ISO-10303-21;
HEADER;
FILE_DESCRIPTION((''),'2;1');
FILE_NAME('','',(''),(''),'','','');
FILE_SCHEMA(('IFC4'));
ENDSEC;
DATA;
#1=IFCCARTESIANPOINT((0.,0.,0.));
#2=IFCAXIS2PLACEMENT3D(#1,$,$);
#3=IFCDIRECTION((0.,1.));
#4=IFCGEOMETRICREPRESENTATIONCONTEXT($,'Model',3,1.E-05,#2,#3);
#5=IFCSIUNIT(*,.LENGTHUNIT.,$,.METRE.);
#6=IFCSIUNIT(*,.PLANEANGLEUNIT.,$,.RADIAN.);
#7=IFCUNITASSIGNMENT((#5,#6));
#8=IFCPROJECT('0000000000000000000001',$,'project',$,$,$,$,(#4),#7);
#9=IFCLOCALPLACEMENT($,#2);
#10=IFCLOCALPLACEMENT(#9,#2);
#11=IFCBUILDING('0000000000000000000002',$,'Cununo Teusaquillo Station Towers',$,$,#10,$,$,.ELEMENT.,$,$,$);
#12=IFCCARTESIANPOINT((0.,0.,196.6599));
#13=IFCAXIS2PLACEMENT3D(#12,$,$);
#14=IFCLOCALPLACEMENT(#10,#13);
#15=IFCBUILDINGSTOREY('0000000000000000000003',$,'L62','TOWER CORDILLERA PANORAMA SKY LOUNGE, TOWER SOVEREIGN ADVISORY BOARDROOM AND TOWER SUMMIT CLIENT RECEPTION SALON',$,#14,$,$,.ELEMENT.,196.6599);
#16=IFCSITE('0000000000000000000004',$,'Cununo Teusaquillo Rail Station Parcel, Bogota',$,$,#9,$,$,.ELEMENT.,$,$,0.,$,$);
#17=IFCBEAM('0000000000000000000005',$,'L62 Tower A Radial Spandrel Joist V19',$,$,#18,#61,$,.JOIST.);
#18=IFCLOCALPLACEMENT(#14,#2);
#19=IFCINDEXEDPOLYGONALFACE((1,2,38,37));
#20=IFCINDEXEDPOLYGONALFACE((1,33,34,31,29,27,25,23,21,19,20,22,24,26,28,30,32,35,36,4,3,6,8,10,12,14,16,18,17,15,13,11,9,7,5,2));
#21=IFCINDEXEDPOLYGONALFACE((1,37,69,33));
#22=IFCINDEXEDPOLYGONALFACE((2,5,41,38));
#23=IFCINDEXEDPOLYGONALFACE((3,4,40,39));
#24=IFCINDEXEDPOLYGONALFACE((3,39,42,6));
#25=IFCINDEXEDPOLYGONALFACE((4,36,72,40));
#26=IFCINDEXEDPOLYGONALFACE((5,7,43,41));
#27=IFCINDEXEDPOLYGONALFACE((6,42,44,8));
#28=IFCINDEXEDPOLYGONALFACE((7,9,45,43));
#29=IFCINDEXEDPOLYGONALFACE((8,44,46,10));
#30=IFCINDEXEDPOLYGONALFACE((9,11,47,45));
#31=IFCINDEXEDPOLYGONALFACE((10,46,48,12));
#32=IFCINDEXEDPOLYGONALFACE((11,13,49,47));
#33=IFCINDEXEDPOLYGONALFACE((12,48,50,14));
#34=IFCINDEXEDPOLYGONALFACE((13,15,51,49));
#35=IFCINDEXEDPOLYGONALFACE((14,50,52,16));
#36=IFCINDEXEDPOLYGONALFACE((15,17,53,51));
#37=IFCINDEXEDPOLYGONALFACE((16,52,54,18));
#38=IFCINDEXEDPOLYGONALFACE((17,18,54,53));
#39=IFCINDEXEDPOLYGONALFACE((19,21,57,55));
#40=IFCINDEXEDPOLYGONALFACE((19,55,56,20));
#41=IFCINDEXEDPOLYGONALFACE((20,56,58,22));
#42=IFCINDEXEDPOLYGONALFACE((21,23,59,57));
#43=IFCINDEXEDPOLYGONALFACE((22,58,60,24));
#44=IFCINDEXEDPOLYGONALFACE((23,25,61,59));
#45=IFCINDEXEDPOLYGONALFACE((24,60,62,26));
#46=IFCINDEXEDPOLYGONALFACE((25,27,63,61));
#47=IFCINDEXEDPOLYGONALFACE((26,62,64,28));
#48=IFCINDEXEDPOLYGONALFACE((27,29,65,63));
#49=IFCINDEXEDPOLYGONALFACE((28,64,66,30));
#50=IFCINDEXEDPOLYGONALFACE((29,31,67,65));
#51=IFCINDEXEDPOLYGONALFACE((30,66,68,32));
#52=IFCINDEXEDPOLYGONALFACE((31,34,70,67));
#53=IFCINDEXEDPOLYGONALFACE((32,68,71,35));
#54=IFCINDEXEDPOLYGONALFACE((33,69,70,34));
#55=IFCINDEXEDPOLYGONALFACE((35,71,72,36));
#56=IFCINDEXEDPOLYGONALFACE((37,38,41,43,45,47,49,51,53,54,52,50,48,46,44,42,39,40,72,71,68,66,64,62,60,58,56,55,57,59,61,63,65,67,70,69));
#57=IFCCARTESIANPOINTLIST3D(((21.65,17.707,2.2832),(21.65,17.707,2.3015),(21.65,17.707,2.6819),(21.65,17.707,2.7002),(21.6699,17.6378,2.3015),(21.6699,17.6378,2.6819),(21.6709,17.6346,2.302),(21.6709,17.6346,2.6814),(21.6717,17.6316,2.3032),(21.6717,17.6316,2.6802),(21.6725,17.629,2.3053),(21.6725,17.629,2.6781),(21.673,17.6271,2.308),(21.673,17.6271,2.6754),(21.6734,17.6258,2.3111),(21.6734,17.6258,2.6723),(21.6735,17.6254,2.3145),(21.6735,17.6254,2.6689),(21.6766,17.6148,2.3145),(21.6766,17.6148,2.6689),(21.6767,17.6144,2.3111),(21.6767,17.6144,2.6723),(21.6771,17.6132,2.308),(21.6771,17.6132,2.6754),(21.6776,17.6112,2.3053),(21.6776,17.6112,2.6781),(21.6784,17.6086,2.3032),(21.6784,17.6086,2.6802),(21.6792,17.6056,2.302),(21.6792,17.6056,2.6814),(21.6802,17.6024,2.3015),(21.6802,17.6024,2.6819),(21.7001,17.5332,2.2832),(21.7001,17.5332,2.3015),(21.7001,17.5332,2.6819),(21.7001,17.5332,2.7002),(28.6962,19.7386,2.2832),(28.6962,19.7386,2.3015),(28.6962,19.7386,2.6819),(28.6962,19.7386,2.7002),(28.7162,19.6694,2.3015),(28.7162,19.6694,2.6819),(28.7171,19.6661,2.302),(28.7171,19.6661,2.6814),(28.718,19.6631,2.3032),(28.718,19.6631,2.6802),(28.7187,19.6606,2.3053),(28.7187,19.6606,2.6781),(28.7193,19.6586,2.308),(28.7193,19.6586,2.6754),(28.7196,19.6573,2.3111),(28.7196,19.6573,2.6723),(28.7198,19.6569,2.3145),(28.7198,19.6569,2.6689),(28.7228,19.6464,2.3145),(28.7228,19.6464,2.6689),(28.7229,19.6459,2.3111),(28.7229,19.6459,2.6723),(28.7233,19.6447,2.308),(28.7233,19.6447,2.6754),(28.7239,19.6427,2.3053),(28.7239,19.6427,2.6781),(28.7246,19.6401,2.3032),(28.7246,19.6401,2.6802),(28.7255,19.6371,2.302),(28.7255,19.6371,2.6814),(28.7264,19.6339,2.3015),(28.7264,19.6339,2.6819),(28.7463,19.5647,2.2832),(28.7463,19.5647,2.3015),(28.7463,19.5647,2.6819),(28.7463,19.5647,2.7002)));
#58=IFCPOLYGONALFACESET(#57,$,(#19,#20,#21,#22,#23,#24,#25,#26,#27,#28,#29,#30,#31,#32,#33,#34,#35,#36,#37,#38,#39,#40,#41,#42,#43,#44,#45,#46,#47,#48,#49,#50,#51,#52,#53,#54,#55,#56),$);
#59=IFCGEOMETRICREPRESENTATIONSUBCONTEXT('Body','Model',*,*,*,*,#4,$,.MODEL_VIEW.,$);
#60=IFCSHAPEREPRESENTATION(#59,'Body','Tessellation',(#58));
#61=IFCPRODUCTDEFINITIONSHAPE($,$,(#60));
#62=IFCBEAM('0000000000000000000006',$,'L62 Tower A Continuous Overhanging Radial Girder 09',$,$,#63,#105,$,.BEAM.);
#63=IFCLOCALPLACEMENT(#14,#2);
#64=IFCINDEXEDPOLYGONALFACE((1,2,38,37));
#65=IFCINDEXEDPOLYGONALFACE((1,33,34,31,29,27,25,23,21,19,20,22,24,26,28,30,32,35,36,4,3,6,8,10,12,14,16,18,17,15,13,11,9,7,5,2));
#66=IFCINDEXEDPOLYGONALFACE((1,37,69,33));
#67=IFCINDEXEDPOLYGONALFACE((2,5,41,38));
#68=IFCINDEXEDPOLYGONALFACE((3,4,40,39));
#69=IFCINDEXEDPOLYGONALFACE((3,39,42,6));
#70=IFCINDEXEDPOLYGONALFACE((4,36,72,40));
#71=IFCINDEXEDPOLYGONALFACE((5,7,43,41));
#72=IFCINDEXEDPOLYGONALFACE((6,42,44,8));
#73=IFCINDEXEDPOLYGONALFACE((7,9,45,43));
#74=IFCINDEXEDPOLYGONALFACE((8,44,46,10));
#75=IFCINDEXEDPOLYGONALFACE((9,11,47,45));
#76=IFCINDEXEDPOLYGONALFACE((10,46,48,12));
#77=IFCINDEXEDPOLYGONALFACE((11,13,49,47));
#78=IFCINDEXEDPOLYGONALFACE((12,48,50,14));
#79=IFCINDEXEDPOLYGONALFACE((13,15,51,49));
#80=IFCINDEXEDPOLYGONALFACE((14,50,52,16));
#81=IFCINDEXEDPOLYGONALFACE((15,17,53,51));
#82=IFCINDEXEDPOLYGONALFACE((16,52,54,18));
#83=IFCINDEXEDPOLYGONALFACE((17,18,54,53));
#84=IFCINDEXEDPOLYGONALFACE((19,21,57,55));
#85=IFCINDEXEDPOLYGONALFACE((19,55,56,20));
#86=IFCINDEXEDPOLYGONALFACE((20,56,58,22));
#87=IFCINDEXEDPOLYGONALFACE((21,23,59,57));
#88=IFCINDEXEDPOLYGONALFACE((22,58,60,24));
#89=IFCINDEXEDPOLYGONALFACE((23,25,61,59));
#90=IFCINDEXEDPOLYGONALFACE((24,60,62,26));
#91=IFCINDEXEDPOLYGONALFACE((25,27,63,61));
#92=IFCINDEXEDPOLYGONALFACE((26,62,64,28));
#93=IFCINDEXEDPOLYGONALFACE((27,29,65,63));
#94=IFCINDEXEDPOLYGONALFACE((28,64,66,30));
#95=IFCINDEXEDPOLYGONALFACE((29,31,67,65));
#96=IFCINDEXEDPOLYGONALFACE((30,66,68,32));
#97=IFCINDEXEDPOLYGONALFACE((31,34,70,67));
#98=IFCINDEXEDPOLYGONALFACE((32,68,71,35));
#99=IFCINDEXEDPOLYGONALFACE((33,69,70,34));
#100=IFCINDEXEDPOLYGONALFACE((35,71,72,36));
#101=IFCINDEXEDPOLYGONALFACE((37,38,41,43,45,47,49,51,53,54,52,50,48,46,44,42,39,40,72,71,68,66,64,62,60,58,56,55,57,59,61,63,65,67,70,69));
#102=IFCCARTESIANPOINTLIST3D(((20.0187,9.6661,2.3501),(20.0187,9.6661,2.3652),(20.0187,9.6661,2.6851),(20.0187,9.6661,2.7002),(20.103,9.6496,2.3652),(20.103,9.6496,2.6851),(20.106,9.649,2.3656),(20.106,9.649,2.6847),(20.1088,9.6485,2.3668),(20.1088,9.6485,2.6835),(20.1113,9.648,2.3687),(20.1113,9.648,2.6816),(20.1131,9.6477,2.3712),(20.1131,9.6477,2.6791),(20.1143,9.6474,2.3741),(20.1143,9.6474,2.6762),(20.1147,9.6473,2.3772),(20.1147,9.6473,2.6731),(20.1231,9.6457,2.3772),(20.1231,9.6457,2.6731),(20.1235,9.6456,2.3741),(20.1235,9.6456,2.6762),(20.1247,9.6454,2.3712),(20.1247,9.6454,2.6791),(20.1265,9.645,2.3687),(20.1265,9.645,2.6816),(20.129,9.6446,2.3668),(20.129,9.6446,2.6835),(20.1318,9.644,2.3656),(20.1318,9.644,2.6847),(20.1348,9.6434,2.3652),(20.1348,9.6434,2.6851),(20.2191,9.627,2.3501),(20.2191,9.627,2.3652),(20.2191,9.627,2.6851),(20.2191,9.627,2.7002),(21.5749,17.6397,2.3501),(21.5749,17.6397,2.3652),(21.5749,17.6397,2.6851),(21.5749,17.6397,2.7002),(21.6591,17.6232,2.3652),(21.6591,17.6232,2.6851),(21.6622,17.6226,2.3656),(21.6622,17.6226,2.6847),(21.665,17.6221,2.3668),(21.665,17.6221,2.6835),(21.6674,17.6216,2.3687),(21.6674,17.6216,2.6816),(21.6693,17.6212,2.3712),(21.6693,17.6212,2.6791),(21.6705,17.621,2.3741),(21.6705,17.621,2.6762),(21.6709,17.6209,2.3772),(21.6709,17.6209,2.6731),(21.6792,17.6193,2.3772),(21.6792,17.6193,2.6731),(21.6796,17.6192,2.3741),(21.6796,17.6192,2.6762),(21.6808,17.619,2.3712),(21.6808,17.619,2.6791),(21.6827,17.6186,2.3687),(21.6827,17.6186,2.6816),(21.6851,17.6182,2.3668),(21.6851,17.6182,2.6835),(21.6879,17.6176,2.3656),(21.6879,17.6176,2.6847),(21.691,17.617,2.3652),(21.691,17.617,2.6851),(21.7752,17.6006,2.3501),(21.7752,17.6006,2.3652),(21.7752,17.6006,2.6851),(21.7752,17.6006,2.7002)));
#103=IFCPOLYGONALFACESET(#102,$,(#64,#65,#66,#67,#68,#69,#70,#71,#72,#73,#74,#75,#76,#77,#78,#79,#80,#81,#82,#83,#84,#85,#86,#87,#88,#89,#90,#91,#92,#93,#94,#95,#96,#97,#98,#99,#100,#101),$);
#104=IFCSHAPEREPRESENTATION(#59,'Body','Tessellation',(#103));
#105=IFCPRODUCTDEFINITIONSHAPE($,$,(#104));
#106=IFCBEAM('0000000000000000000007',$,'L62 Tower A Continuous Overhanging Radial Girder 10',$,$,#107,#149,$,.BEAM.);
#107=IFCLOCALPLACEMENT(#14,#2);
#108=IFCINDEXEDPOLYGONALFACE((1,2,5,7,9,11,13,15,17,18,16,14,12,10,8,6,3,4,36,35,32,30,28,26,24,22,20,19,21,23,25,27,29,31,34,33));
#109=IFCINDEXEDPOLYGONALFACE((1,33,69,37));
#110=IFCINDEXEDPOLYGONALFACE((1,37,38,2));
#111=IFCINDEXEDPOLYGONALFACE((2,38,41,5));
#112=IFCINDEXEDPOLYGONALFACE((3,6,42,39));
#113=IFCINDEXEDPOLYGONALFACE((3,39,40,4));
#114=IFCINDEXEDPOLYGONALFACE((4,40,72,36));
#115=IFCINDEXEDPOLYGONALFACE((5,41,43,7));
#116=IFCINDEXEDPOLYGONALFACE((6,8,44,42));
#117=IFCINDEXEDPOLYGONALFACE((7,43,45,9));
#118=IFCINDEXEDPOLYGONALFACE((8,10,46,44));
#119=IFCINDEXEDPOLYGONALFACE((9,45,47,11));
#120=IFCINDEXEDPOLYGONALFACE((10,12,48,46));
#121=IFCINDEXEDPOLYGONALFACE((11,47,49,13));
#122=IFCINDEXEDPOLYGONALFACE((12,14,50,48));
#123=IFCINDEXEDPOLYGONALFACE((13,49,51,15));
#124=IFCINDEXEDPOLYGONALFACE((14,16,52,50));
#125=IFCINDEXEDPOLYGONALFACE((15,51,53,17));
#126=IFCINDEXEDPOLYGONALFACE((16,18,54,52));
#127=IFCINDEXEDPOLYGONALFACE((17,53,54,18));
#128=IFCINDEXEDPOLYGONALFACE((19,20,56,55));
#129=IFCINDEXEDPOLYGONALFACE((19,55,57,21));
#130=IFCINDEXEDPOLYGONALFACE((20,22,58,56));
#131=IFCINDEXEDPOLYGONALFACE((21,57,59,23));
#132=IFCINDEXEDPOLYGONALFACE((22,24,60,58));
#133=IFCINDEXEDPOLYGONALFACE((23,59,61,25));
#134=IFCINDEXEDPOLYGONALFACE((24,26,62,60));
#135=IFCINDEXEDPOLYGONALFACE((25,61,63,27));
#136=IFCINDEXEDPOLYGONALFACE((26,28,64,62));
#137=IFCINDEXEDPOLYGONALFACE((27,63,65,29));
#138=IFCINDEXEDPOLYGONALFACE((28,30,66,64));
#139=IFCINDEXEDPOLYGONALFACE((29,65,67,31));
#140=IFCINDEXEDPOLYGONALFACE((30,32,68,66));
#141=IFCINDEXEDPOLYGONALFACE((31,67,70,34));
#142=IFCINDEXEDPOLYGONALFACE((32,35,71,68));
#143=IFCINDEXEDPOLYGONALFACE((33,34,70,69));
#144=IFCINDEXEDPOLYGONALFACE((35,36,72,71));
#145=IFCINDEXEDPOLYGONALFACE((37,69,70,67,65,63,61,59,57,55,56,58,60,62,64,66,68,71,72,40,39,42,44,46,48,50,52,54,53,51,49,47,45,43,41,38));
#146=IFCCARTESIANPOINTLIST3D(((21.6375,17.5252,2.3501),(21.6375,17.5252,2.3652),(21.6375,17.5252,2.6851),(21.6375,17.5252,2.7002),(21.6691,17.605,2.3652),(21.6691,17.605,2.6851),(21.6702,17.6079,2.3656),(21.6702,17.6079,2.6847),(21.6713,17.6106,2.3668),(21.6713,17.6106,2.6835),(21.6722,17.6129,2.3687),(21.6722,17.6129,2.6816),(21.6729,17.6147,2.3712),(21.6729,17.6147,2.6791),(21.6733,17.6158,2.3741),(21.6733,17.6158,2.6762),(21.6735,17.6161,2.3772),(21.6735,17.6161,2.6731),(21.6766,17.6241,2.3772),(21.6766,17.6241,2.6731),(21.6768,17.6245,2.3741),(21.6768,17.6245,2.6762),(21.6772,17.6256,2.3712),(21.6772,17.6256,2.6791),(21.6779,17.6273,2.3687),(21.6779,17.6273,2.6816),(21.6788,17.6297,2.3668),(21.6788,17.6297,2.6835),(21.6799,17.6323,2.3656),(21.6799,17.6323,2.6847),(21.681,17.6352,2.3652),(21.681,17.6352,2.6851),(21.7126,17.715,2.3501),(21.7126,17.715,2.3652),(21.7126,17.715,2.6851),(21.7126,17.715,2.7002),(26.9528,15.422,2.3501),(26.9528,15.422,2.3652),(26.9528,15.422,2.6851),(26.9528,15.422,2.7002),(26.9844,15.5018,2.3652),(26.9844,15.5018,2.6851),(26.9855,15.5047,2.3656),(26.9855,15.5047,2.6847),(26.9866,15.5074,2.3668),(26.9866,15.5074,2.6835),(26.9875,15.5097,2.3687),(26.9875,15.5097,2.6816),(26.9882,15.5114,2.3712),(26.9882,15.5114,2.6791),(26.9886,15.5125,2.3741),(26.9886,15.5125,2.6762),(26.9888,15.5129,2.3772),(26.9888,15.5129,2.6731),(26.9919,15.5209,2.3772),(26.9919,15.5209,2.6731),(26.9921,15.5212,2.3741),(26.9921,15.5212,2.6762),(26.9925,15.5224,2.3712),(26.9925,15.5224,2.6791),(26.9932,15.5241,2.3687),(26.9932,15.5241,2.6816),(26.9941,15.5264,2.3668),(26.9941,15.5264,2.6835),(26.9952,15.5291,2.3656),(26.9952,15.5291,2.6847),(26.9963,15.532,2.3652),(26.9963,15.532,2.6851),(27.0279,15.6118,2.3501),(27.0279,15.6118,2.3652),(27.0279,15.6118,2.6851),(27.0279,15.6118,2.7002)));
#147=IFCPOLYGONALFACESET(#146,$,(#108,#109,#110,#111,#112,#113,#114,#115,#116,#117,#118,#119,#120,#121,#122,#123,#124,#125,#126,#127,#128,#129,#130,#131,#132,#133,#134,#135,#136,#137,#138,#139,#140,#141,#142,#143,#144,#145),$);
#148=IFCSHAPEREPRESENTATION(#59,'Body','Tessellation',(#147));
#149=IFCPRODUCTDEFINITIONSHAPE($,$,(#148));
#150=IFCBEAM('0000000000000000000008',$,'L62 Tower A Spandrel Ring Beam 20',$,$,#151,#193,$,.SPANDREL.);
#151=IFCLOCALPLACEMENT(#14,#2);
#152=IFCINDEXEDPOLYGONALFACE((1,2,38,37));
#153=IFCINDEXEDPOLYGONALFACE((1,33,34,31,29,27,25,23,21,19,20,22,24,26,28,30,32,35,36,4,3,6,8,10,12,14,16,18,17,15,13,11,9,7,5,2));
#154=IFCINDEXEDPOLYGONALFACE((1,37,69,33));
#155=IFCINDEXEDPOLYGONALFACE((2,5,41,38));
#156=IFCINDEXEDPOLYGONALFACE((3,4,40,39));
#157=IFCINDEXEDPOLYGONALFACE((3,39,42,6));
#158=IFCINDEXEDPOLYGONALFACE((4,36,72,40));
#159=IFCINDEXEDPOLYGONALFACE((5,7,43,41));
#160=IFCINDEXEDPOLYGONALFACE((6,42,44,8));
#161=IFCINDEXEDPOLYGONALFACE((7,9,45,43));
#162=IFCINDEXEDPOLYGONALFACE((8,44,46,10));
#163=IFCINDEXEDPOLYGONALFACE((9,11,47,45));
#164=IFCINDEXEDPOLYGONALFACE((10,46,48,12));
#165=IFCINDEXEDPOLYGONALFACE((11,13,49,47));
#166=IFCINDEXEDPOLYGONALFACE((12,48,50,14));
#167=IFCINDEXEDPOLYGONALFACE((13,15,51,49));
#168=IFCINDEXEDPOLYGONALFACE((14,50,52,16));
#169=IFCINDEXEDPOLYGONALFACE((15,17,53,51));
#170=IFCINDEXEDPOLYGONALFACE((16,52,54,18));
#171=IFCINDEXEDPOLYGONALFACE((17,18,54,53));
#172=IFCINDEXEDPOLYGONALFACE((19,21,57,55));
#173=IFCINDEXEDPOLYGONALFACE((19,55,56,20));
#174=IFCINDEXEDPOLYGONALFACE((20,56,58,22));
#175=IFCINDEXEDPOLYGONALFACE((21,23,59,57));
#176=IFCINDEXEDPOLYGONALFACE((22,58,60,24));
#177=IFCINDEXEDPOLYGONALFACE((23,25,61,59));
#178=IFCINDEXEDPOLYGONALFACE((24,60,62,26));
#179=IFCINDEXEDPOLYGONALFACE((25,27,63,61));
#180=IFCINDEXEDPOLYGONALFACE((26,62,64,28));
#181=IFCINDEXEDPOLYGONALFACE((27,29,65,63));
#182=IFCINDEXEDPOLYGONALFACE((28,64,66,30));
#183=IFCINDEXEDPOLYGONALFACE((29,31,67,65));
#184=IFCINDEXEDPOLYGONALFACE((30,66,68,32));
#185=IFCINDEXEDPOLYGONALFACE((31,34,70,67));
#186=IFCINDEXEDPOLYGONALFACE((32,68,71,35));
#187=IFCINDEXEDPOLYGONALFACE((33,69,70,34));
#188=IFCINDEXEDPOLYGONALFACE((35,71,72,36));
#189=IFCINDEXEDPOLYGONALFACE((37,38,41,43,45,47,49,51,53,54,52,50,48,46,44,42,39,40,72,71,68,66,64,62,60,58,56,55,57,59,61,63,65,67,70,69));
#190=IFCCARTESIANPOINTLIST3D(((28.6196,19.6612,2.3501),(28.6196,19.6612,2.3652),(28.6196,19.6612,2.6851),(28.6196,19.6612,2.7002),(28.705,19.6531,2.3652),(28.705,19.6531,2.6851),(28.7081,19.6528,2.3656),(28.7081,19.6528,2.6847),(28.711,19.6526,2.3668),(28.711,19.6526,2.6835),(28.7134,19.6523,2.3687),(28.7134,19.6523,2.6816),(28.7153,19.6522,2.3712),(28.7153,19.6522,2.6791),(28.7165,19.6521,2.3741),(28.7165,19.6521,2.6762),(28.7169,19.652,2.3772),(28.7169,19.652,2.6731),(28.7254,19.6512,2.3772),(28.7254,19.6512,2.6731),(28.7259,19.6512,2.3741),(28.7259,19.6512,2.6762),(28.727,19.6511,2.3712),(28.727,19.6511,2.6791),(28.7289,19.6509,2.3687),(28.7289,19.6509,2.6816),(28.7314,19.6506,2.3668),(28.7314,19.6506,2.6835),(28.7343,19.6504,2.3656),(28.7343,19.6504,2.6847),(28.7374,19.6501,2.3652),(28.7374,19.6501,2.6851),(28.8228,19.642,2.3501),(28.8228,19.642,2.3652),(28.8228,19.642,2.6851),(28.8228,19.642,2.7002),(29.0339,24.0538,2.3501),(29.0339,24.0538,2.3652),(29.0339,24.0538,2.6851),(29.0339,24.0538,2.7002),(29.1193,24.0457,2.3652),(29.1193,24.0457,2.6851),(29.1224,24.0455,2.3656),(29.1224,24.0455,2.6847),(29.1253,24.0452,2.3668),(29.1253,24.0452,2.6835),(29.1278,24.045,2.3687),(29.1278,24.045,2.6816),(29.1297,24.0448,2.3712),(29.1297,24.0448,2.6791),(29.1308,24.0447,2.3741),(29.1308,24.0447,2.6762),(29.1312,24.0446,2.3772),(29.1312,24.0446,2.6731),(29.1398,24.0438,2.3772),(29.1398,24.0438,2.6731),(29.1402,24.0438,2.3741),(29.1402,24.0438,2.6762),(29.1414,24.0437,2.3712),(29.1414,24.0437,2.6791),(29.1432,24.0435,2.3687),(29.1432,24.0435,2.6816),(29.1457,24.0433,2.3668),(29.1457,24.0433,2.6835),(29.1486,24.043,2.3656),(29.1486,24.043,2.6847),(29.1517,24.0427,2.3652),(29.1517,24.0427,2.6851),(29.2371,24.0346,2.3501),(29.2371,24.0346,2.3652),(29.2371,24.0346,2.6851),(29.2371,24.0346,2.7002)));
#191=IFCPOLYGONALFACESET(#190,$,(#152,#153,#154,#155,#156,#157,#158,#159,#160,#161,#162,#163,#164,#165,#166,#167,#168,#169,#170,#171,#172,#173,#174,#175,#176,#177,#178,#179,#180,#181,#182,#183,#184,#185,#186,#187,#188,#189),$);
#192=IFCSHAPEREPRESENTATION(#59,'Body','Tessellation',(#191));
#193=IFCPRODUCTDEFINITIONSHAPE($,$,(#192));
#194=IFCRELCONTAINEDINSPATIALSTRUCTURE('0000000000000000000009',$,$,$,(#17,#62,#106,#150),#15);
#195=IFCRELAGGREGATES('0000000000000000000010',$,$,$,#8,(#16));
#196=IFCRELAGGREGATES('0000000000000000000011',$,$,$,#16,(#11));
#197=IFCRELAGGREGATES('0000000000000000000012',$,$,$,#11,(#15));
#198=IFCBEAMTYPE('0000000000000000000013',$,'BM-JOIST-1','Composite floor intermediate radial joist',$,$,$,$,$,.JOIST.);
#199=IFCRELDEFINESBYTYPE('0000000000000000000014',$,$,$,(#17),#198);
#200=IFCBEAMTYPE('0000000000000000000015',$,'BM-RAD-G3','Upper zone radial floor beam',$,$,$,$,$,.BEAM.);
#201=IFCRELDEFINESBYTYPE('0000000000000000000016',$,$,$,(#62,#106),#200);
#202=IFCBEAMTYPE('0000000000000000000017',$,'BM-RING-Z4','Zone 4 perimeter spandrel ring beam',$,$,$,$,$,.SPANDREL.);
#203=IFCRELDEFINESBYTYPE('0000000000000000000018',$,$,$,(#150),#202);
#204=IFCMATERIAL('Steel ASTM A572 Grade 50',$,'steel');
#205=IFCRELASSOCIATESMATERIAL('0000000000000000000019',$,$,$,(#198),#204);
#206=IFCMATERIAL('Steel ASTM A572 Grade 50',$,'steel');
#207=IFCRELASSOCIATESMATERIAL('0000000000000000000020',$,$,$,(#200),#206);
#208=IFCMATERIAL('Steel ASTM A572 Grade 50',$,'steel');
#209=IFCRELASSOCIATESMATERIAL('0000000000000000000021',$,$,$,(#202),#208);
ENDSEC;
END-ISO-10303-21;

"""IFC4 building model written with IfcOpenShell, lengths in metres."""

from ifc_helpers import new_model, si_unit, direction, frame, origin, origin_2d, place, context, subcontext, project, spatial, i_section, extrude, material, material_profile, profile_set, type_object, element, save


model = new_model("IFC4")

# Units and contexts
model_context = context("Model", 3, precision=1e-05, world=origin(), true_north=direction((0.0, 1.0)))
body_context = subcontext(model_context, "Body", "Model", "MODEL_VIEW")
ifc_project = project(units=[si_unit("LENGTHUNIT", "METRE"), si_unit("PLANEANGLEUNIT", "RADIAN")], contexts=[model_context])

# Site, building, storey
site_placement = place(None, origin())
site = spatial("IfcSite", under=ifc_project, at=site_placement, Name="Cununo Teusaquillo Rail Station Parcel, Bogota", CompositionType="ELEMENT", RefElevation=0.0)
building_placement = place(site_placement, origin())
building = spatial("IfcBuilding", under=site, at=building_placement, Name="Cununo Teusaquillo Station Towers", CompositionType="ELEMENT")
storey_placement = place(building_placement, frame((0.0, 0.0, 196.6599)))
storey = spatial("IfcBuildingStorey", under=building, at=storey_placement, Name="L62", Description="TOWER CORDILLERA PANORAMA SKY LOUNGE, TOWER SOVEREIGN ADVISORY BOARDROOM AND TOWER SUMMIT CLIENT RECEPTION SALON", CompositionType="ELEMENT", Elevation=196.6599)

# Beams
ifc_material_1 = material(Name="Steel ASTM A572 Grade 50", Category="steel")
ifc_material_profile_1 = material_profile(ifc_material_1, i_section(OverallWidth=0.1809, OverallDepth=0.417, WebThickness=0.011, FlangeThickness=0.0183, FilletRadius=0.0129, at=origin_2d()), Name="W16X57")
ifc_profile_set_1 = profile_set([ifc_material_profile_1], Name="Steel ASTM A572 Grade 50")
beam_type_1 = type_object("IfcBeamType", Name="BM-JOIST-1", Description="Composite floor intermediate radial joist", PredefinedType="JOIST", material=ifc_profile_set_1)
beam_1_placement = place(storey_placement, frame((21.675, 17.6201, 2.4917), z_axis=(0.960862, 0.277029, 0.0), x_axis=(-0.277029, 0.960862, 0.0)))
element("IfcBeam", 1, at=beam_1_placement, inside=storey, type_object=beam_type_1, Name="L62 Tower A Radial Spandrel Joist V19", PredefinedType="JOIST", context=body_context, shape_type="SweptSolid", body=[
    extrude(i_section(OverallWidth=0.1809, OverallDepth=0.417, WebThickness=0.011, FlangeThickness=0.0183, FilletRadius=0.0129, at=origin_2d()), origin(), (0.0, 0.0, 1.0), 7.3333),
])
ifc_material_2 = material(Name="Steel ASTM A572 Grade 50", Category="steel")
ifc_material_profile_2 = material_profile(ifc_material_2, i_section(OverallWidth=0.2041, OverallDepth=0.3501, WebThickness=0.0085, FlangeThickness=0.0151, FilletRadius=0.012, at=origin_2d()), Name="W14X48")
ifc_profile_set_2 = profile_set([ifc_material_profile_2], Name="Steel ASTM A572 Grade 50")
beam_type_2 = type_object("IfcBeamType", Name="BM-RAD-G3", Description="Upper zone radial floor beam", PredefinedType="BEAM", material=ifc_profile_set_2)
beam_2_placement = place(storey_placement, frame((21.675, 17.6201, 2.5251), z_axis=(-0.191548, -0.981483, 0.0), x_axis=(0.981483, -0.191548, 0.0)))
element("IfcBeam", 2, at=beam_2_placement, inside=storey, type_object=beam_type_2, Name="L62 Tower A Continuous Overhanging Radial Girder 09", PredefinedType="BEAM", context=body_context, shape_type="SweptSolid", body=[
    extrude(i_section(OverallWidth=0.2041, OverallDepth=0.3501, WebThickness=0.0085, FlangeThickness=0.0151, FilletRadius=0.012, at=origin_2d()), origin(), (0.0, 0.0, 1.0), 8.124),
])
beam_3_placement = place(storey_placement, frame((21.675, 17.6201, 2.5251), z_axis=(0.929852, -0.367935, 0.0), x_axis=(0.367935, 0.929852, 0.0)))
element("IfcBeam", 3, at=beam_3_placement, inside=storey, type_object=beam_type_2, Name="L62 Tower A Continuous Overhanging Radial Girder 10", PredefinedType="BEAM", context=body_context, shape_type="SweptSolid", body=[
    extrude(i_section(OverallWidth=0.2041, OverallDepth=0.3501, WebThickness=0.0085, FlangeThickness=0.0151, FilletRadius=0.012, at=origin_2d()), origin(), (0.0, 0.0, 1.0), 5.7163),
])
ifc_material_3 = material(Name="Steel ASTM A572 Grade 50", Category="steel")
ifc_material_profile_3 = material_profile(ifc_material_3, i_section(OverallWidth=0.2041, OverallDepth=0.3501, WebThickness=0.0085, FlangeThickness=0.0151, FilletRadius=0.012, at=origin_2d()), Name="W14X48")
ifc_profile_set_3 = profile_set([ifc_material_profile_3], Name="Steel ASTM A572 Grade 50")
beam_type_3 = type_object("IfcBeamType", Name="BM-RING-Z4", Description="Zone 4 perimeter spandrel ring beam", PredefinedType="SPANDREL", material=ifc_profile_set_3)
beam_4_placement = place(storey_placement, frame((28.7212, 19.6516, 2.5251), z_axis=(0.093903, 0.995581, 0.0), x_axis=(-0.995581, 0.093903, 0.0)))
element("IfcBeam", 4, at=beam_4_placement, inside=storey, type_object=beam_type_3, Name="L62 Tower A Spandrel Ring Beam 20", PredefinedType="SPANDREL", context=body_context, shape_type="SweptSolid", body=[
    extrude(i_section(OverallWidth=0.2041, OverallDepth=0.3501, WebThickness=0.0085, FlangeThickness=0.0151, FilletRadius=0.012, at=origin_2d()), origin(), (0.0, 0.0, 1.0), 4.4121),
])

save(model, "model.ifc")
